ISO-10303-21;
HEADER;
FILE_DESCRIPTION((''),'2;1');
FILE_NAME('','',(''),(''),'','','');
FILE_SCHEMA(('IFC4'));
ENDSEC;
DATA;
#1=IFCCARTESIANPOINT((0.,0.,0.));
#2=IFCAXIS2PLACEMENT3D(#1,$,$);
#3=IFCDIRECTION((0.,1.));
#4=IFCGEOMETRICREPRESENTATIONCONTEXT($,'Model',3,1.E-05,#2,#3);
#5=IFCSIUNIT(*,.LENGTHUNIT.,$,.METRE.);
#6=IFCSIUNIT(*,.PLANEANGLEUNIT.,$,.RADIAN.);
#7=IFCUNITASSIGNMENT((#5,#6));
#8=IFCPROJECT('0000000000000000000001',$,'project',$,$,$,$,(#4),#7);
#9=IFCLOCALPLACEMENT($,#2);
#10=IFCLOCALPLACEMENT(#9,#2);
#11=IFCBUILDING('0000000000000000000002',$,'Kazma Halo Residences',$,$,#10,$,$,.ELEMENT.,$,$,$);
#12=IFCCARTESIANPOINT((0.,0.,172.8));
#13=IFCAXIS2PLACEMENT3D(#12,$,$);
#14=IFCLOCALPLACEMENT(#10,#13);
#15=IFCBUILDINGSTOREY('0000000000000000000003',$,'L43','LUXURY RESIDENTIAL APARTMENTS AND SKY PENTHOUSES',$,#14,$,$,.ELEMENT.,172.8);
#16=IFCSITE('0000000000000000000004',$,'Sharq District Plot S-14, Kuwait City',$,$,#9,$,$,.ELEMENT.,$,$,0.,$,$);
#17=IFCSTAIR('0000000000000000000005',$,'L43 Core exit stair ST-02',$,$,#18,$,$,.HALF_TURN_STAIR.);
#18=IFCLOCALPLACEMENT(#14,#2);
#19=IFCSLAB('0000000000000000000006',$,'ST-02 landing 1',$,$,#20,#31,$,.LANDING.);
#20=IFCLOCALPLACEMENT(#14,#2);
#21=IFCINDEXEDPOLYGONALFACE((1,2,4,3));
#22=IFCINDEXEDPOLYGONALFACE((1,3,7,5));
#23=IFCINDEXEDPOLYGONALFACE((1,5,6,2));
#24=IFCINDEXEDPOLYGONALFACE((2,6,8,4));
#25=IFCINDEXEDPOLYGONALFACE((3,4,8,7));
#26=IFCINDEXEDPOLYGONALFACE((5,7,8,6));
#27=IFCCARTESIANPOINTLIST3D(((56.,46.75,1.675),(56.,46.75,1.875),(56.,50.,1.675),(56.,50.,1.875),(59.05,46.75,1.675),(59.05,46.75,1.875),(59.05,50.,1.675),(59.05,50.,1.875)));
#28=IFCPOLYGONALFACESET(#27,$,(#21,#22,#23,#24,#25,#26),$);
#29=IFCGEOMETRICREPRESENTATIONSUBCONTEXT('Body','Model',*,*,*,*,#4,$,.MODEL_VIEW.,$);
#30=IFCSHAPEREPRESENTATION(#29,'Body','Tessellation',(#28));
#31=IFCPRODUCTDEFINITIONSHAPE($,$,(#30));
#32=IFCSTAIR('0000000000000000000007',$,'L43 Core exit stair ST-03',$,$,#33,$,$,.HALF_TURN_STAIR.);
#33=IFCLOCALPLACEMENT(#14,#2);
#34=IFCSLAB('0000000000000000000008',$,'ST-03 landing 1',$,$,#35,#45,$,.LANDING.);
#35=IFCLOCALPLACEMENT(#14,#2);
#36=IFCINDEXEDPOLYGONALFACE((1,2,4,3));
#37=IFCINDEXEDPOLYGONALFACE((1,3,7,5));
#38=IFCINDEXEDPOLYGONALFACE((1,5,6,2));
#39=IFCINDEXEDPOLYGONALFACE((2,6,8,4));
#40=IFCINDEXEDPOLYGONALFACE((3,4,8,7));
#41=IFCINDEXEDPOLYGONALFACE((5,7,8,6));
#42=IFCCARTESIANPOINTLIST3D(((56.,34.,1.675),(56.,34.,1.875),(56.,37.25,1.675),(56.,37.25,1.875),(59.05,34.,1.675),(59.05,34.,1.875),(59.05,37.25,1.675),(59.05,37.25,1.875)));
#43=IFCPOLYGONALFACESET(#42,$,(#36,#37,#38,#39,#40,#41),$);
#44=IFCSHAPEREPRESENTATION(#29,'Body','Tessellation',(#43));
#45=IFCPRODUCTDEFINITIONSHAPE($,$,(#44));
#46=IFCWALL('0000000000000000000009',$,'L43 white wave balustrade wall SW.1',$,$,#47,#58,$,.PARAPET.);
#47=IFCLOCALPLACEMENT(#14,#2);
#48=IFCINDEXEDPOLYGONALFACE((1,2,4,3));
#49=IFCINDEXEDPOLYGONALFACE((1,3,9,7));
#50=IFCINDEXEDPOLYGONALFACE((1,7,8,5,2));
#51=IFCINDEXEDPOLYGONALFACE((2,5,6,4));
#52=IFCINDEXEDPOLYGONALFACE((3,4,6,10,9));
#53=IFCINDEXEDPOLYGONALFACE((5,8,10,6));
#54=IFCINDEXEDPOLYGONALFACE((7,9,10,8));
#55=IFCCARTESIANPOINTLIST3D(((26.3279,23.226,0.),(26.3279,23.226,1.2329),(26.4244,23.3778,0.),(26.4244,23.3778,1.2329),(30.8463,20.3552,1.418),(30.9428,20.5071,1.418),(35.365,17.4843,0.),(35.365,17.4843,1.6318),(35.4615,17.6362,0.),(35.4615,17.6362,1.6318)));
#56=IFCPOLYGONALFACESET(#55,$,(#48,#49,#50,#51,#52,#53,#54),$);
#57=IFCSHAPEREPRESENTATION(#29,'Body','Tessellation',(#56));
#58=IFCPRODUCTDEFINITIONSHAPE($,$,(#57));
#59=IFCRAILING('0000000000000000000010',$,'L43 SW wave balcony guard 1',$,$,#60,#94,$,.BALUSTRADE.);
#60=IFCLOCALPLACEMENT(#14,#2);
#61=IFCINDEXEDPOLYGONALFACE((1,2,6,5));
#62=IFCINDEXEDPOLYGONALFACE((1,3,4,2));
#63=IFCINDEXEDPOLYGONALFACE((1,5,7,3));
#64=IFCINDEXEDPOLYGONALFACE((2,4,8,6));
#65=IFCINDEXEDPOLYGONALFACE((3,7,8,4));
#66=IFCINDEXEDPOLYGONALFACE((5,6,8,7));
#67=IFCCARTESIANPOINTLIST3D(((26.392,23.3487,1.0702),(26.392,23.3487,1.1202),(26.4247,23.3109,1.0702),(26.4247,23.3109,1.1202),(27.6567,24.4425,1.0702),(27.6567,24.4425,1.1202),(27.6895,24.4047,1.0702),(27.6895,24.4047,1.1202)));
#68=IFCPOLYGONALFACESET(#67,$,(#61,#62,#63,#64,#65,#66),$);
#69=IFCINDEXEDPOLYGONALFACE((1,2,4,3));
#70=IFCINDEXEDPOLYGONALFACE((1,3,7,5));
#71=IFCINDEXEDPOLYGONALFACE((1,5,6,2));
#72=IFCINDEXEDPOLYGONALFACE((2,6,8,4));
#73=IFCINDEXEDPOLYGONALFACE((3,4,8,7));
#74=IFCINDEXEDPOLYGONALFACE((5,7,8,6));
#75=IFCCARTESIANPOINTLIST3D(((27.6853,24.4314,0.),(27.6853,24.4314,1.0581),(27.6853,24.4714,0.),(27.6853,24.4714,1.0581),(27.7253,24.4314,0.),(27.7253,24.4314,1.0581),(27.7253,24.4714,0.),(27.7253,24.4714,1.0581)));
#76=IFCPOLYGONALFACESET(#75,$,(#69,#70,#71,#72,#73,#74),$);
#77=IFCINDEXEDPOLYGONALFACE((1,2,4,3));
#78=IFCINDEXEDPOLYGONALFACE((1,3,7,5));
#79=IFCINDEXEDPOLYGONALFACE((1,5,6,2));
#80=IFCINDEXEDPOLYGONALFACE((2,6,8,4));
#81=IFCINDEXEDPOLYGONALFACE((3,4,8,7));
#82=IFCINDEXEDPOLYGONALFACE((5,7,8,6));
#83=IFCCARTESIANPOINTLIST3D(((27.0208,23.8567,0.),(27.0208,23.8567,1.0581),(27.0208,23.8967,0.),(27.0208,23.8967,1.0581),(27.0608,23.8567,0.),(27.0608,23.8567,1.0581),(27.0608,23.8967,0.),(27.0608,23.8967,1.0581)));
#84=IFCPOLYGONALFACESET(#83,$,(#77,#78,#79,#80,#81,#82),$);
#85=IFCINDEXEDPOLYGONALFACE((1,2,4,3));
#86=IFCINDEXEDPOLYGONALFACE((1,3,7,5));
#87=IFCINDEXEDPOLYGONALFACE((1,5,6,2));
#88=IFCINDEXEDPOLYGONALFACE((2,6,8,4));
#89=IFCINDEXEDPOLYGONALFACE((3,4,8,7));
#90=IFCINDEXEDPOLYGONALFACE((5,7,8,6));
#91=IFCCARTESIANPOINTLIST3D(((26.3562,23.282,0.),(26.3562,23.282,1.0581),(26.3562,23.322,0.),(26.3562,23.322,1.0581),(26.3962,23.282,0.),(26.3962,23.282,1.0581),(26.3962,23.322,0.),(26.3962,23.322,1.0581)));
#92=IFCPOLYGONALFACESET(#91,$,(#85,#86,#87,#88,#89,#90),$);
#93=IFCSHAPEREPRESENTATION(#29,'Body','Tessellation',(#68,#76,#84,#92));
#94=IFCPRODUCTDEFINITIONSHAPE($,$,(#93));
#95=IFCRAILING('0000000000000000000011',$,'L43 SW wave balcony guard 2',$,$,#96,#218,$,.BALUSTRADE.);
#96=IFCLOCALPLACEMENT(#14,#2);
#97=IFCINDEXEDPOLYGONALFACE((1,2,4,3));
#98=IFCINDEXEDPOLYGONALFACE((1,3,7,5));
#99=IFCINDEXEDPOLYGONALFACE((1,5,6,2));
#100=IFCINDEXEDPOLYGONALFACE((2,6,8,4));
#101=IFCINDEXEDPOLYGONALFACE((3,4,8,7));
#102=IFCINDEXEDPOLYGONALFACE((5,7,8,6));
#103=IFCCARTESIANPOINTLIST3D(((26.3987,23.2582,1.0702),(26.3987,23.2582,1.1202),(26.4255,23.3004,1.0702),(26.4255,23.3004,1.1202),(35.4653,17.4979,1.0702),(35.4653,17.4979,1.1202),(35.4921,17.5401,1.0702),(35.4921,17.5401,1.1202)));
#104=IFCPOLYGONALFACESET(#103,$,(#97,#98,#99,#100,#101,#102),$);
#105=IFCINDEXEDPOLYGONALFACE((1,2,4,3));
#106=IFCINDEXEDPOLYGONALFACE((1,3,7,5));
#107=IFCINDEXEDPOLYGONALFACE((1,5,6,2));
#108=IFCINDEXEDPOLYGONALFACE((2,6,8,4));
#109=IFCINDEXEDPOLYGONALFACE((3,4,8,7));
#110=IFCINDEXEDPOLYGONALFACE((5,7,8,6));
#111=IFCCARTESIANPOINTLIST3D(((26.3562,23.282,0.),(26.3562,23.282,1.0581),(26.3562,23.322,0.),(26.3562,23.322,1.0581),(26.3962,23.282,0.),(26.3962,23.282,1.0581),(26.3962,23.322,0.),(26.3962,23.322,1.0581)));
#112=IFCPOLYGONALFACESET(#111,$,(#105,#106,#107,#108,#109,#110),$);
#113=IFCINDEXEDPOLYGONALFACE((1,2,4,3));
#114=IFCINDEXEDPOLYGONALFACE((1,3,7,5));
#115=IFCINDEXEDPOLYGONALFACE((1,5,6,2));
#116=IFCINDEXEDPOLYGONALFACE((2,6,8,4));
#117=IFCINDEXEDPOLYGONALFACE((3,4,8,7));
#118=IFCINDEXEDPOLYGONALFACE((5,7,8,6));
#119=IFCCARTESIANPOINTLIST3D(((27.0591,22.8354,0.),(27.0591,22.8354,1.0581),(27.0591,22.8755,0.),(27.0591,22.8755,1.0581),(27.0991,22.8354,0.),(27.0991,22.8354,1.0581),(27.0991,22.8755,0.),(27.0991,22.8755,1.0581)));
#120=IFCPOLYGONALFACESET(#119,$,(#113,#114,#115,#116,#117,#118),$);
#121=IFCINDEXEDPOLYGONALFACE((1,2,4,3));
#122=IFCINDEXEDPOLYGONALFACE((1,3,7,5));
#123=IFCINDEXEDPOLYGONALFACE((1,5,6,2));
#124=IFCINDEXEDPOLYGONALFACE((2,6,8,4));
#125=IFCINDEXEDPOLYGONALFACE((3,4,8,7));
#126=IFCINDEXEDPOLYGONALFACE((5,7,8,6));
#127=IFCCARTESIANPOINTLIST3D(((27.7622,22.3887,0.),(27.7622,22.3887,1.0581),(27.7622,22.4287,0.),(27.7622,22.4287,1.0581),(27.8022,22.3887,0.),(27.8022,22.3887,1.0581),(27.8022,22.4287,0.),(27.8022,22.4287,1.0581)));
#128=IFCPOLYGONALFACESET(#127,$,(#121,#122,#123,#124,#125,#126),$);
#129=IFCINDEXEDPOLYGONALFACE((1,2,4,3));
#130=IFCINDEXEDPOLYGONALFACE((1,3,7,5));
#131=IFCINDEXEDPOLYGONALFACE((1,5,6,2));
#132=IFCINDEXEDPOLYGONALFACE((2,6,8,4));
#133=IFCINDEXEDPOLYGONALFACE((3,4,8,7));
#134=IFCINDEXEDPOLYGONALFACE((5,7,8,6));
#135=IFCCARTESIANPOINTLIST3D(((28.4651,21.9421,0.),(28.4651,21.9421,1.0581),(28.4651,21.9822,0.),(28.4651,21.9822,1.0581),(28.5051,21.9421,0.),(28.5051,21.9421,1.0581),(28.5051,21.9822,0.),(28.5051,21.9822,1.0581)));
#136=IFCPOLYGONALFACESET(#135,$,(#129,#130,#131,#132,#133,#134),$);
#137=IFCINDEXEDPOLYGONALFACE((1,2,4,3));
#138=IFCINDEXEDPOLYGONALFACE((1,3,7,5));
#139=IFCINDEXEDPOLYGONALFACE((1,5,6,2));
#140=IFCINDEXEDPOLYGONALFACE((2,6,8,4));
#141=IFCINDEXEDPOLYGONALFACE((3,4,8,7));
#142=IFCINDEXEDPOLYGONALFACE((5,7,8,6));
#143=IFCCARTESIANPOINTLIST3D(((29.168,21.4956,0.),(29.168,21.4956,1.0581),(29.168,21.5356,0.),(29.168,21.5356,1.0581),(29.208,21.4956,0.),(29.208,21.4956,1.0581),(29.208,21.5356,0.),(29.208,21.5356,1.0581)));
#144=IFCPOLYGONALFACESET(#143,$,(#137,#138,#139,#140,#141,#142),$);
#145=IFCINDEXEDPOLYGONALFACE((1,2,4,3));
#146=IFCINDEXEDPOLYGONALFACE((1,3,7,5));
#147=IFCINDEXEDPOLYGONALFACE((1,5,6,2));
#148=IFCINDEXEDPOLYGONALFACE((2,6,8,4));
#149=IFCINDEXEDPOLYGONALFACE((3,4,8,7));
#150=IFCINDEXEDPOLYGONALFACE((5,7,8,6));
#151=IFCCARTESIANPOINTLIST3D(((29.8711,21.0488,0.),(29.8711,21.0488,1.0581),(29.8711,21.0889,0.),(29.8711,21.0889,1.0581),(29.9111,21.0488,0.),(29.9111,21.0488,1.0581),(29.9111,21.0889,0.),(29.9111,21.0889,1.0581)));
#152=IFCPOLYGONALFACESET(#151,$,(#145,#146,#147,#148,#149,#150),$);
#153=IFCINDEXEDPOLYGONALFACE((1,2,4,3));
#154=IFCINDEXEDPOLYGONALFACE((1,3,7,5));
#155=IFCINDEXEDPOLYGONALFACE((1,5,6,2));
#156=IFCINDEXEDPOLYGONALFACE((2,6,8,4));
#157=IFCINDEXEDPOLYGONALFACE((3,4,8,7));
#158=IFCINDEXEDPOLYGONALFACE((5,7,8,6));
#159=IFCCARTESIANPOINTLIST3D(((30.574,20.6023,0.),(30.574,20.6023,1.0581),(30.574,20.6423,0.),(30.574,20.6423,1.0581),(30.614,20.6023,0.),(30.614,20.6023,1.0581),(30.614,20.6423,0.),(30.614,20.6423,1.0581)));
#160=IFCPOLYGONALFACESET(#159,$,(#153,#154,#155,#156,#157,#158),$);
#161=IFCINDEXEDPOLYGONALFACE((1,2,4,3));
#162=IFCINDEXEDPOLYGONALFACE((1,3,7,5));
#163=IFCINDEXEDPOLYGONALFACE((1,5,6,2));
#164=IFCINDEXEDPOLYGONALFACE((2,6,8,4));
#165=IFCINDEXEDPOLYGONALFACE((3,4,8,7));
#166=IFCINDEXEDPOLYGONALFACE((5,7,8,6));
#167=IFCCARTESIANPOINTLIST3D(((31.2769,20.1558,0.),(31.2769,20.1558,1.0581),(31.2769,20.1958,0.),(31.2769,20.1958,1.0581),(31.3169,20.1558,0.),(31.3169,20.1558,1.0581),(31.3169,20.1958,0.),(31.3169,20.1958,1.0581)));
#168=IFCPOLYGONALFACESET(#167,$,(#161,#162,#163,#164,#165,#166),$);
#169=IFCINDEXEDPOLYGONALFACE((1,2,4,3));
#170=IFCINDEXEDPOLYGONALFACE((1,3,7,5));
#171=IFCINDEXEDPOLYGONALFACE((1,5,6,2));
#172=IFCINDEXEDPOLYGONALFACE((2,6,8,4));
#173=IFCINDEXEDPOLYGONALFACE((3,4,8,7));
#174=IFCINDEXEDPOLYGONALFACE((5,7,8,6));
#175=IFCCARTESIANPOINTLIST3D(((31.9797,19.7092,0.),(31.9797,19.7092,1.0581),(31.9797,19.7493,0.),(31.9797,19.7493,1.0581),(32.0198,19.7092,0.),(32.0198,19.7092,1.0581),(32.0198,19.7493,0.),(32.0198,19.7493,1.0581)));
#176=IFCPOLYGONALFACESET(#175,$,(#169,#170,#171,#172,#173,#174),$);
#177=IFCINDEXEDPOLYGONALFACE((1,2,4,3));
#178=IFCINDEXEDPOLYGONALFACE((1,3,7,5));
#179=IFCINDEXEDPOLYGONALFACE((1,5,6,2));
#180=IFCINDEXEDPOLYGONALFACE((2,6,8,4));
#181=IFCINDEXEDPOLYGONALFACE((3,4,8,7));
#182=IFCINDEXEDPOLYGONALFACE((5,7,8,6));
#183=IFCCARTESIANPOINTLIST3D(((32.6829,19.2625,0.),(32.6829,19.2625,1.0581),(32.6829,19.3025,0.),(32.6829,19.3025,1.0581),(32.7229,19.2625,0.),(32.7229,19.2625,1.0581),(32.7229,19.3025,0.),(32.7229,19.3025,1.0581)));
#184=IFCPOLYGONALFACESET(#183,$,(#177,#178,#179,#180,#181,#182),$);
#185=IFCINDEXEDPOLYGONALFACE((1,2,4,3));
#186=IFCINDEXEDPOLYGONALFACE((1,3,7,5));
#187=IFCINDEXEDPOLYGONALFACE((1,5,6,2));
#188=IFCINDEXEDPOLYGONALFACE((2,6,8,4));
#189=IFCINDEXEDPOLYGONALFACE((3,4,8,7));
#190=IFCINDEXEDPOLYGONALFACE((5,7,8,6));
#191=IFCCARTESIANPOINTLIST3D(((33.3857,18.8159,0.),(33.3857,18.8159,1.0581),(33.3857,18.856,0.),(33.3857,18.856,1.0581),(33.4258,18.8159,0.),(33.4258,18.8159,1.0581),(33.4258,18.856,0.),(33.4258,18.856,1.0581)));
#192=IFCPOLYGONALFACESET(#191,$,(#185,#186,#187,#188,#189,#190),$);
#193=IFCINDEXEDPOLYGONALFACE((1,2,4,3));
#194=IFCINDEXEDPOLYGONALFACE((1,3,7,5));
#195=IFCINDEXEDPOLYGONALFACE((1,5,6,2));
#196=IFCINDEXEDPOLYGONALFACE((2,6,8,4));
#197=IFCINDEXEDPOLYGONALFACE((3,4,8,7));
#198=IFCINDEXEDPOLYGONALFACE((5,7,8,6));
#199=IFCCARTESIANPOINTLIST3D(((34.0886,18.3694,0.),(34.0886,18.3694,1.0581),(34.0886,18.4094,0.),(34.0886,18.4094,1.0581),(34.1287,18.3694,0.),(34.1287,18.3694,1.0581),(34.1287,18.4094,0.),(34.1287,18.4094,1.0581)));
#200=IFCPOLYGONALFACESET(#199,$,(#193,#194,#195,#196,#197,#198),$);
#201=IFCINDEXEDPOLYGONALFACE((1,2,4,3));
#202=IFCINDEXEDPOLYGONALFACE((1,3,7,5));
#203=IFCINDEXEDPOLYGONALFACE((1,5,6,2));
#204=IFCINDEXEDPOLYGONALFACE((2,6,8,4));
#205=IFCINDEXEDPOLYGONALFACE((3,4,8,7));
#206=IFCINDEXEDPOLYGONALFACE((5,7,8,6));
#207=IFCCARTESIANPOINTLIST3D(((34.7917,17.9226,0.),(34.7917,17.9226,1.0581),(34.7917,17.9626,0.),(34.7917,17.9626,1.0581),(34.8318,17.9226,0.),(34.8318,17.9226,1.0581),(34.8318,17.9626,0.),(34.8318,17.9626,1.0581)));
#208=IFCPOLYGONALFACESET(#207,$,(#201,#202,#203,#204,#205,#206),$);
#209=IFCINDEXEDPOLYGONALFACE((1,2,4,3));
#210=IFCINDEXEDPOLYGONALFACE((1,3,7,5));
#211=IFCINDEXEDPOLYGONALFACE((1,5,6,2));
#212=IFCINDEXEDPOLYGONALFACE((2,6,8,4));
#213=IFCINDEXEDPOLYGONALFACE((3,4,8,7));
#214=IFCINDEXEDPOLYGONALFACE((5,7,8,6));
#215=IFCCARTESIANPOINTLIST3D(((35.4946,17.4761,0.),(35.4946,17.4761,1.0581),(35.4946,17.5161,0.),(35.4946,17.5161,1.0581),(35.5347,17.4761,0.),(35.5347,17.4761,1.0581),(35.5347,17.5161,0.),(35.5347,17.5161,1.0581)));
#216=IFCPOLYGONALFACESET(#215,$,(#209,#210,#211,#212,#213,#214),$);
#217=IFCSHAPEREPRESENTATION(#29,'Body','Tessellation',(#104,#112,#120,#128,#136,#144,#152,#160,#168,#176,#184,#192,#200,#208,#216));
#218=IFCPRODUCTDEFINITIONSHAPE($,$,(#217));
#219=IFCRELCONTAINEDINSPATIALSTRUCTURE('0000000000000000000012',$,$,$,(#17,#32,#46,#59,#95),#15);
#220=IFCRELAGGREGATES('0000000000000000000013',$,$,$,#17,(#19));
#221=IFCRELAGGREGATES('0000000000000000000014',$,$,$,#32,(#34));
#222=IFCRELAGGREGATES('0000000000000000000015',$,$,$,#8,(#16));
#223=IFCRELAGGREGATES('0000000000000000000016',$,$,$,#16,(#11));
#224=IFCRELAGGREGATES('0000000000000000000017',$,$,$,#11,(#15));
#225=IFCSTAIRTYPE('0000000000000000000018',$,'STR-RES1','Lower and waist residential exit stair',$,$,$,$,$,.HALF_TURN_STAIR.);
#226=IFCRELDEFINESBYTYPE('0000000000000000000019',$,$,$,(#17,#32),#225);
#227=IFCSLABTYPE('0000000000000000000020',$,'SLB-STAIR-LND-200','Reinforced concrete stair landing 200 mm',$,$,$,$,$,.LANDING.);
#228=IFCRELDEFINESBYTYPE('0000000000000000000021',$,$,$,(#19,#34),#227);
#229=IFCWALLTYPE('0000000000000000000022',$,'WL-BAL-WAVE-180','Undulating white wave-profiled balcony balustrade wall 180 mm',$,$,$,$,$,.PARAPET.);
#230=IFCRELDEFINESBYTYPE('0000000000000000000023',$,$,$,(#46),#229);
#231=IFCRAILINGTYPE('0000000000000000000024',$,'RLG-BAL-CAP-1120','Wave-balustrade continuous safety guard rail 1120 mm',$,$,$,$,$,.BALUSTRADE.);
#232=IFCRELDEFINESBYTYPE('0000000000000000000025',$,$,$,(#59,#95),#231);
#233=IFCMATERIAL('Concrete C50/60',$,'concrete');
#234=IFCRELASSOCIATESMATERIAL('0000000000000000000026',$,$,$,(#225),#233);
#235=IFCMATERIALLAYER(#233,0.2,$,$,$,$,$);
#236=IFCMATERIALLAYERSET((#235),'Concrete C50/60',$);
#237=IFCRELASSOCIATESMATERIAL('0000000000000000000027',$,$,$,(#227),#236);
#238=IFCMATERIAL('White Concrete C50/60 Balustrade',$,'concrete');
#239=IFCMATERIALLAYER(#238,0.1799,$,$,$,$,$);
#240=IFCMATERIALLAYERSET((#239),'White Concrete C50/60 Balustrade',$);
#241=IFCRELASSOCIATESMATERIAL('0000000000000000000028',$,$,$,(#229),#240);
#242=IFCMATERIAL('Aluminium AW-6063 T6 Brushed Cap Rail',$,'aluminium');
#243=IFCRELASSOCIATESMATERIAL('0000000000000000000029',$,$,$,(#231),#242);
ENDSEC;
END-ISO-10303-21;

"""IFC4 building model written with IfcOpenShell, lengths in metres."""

from ifc_helpers import new_model, si_unit, direction, frame, origin, origin_2d, place, context, subcontext, project, spatial, polyline, rectangle, outline, extrude, material, layer, layer_set, type_object, element, aggregate, save


model = new_model("IFC4")

# Units and contexts
model_context = context("Model", 3, precision=1e-05, world=origin(), true_north=direction((0.0, 1.0)))
body_context = subcontext(model_context, "Body", "Model", "MODEL_VIEW")
ifc_project = project(units=[si_unit("LENGTHUNIT", "METRE"), si_unit("PLANEANGLEUNIT", "RADIAN")], contexts=[model_context])

# Site, building, storey
site_placement = place(None, origin())
site = spatial("IfcSite", under=ifc_project, at=site_placement, Name="Sharq District Plot S-14, Kuwait City", CompositionType="ELEMENT", RefElevation=0.0)
building_placement = place(site_placement, origin())
building = spatial("IfcBuilding", under=site, at=building_placement, Name="Kazma Halo Residences", CompositionType="ELEMENT")
storey_placement = place(building_placement, frame((0.0, 0.0, 172.8)))
storey = spatial("IfcBuildingStorey", under=building, at=storey_placement, Name="L43", Description="LUXURY RESIDENTIAL APARTMENTS AND SKY PENTHOUSES", CompositionType="ELEMENT", Elevation=172.8)

# Shared definitions
ifc_material_1 = material(Name="Concrete C50/60", Category="concrete")

# Stairs, slabs
stair_type = type_object("IfcStairType", Name="STR-RES1", Description="Lower and waist residential exit stair", PredefinedType="HALF_TURN_STAIR", material=ifc_material_1)
ifc_layer_1 = layer(ifc_material_1, 0.2)
ifc_layer_set_1 = layer_set([ifc_layer_1], Name="Concrete C50/60")
slab_type_1 = type_object("IfcSlabType", Name="SLB-STAIR-LND-200", Description="Reinforced concrete stair landing 200 mm", PredefinedType="LANDING", material=ifc_layer_set_1)
stair_1_placement = place(storey_placement, origin())
stair_1 = element("IfcStair", 1, at=stair_1_placement, inside=storey, type_object=stair_type, Name="L43 Core exit stair ST-02", PredefinedType="HALF_TURN_STAIR")
slab_1_placement = place(storey_placement, frame((0.0, 0.0, 1.675)))
slab_1 = element("IfcSlab", 2, at=slab_1_placement, type_object=slab_type_1, Name="ST-02 landing 1", PredefinedType="LANDING", context=body_context, shape_type="SweptSolid", body=[
    extrude(outline(polyline([(56.0, 46.75), (59.05, 46.75), (59.05, 50.0), (56.0, 50.0), (56.0, 46.75)])), origin(), (0.0, 0.0, 1.0), 0.2),
])
aggregate(stair_1, [slab_1])
stair_2_placement = place(storey_placement, origin())
stair_2 = element("IfcStair", 3, at=stair_2_placement, inside=storey, type_object=stair_type, Name="L43 Core exit stair ST-03", PredefinedType="HALF_TURN_STAIR")
slab_2_placement = place(storey_placement, frame((0.0, 0.0, 1.675)))
slab_2 = element("IfcSlab", 4, at=slab_2_placement, type_object=slab_type_1, Name="ST-03 landing 1", PredefinedType="LANDING", context=body_context, shape_type="SweptSolid", body=[
    extrude(outline(polyline([(56.0, 34.0), (59.05, 34.0), (59.05, 37.25), (56.0, 37.25), (56.0, 34.0)])), origin(), (0.0, 0.0, 1.0), 0.2),
])
aggregate(stair_2, [slab_2])

# Wall
ifc_material_2 = material(Name="White Concrete C50/60 Balustrade", Category="concrete")
ifc_layer_2 = layer(ifc_material_2, 0.1799)
ifc_layer_set_2 = layer_set([ifc_layer_2], Name="White Concrete C50/60 Balustrade")
wall_type_1 = type_object("IfcWallType", Name="WL-BAL-WAVE-180", Description="Undulating white wave-profiled balcony balustrade wall 180 mm", PredefinedType="PARAPET", material=ifc_layer_set_2)
wall_1_placement = place(storey_placement, frame((26.3762, 23.302, 0.0), z_axis=(0.0, 0.0, 1.0), x_axis=(0.84405, -0.536265, 0.0)))
element("IfcWall", 5, at=wall_1_placement, inside=storey, type_object=wall_type_1, Name="L43 white wave balustrade wall SW.1", PredefinedType="PARAPET", context=body_context, shape_type="SweptSolid", body=[
    extrude(outline(polyline([(0.0, 0.0), (10.7068, 0.0), (10.7068, 1.6318), (5.3533, 1.418), (0.0, 1.2329), (0.0, 0.0)])), frame((0.0, 0.0898, 0.0), z_axis=(0.0, -1.0, 0.0), x_axis=(1.0, 0.0, 0.0)), (0.0, 0.0, 1.0), 0.1799),
])

# Railings
ifc_material_3 = material(Name="Aluminium AW-6063 T6 Brushed Cap Rail", Category="aluminium")
railing_type = type_object("IfcRailingType", Name="RLG-BAL-CAP-1120", Description="Wave-balustrade continuous safety guard rail 1120 mm", PredefinedType="BALUSTRADE", material=ifc_material_3)
railing_1_placement = place(storey_placement, frame((27.7053, 24.4514, 0.0)))
element("IfcRailing", 6, at=railing_1_placement, inside=storey, type_object=railing_type, Name="L43 SW wave balcony guard 1", PredefinedType="BALUSTRADE", context=body_context, shape_type="SweptSolid", body=[
    extrude(rectangle(XDim=0.05, YDim=0.05, at=origin_2d()), frame((-0.0322, -0.0278, 1.0952), z_axis=(-0.756385, -0.654126, 0.0), x_axis=(0.654126, -0.756385, 0.0)), (0.0, 0.0, 1.0), 1.6721),
    extrude(rectangle(XDim=0.04, YDim=0.04, at=origin_2d()), origin(), (0.0, 0.0, 1.0), 1.0581),
    extrude(rectangle(XDim=0.04, YDim=0.04, at=origin_2d()), frame((-0.6646, -0.5747, 0.0)), (0.0, 0.0, 1.0), 1.0581),
    extrude(rectangle(XDim=0.04, YDim=0.04, at=origin_2d()), frame((-1.3291, -1.1494, 0.0)), (0.0, 0.0, 1.0), 1.0581),
])
railing_2_placement = place(storey_placement, frame((26.3762, 23.302, 0.0)))
element("IfcRailing", 7, at=railing_2_placement, inside=storey, type_object=railing_type, Name="L43 SW wave balcony guard 2", PredefinedType="BALUSTRADE", context=body_context, shape_type="SweptSolid", body=[
    extrude(rectangle(XDim=0.05, YDim=0.05, at=origin_2d()), frame((0.0359, -0.0227, 1.0952), z_axis=(0.844057, -0.536254, 0.0), x_axis=(0.536254, 0.844057, 0.0)), (0.0, 0.0, 1.0), 10.7417),
    extrude(rectangle(XDim=0.04, YDim=0.04, at=origin_2d()), origin(), (0.0, 0.0, 1.0), 1.0581),
    extrude(rectangle(XDim=0.04, YDim=0.04, at=origin_2d()), frame((0.7029, -0.4465, 0.0)), (0.0, 0.0, 1.0), 1.0581),
    extrude(rectangle(XDim=0.04, YDim=0.04, at=origin_2d()), frame((1.406, -0.8933, 0.0)), (0.0, 0.0, 1.0), 1.0581),
    extrude(rectangle(XDim=0.04, YDim=0.04, at=origin_2d()), frame((2.1089, -1.3398, 0.0)), (0.0, 0.0, 1.0), 1.0581),
    extrude(rectangle(XDim=0.04, YDim=0.04, at=origin_2d()), frame((2.8118, -1.7864, 0.0)), (0.0, 0.0, 1.0), 1.0581),
    extrude(rectangle(XDim=0.04, YDim=0.04, at=origin_2d()), frame((3.5149, -2.2332, 0.0)), (0.0, 0.0, 1.0), 1.0581),
    extrude(rectangle(XDim=0.04, YDim=0.04, at=origin_2d()), frame((4.2178, -2.6797, 0.0)), (0.0, 0.0, 1.0), 1.0581),
    extrude(rectangle(XDim=0.04, YDim=0.04, at=origin_2d()), frame((4.9207, -3.1262, 0.0)), (0.0, 0.0, 1.0), 1.0581),
    extrude(rectangle(XDim=0.04, YDim=0.04, at=origin_2d()), frame((5.6235, -3.5728, 0.0)), (0.0, 0.0, 1.0), 1.0581),
    extrude(rectangle(XDim=0.04, YDim=0.04, at=origin_2d()), frame((6.3267, -4.0195, 0.0)), (0.0, 0.0, 1.0), 1.0581),
    extrude(rectangle(XDim=0.04, YDim=0.04, at=origin_2d()), frame((7.0295, -4.4661, 0.0)), (0.0, 0.0, 1.0), 1.0581),
    extrude(rectangle(XDim=0.04, YDim=0.04, at=origin_2d()), frame((7.7324, -4.9126, 0.0)), (0.0, 0.0, 1.0), 1.0581),
    extrude(rectangle(XDim=0.04, YDim=0.04, at=origin_2d()), frame((8.4355, -5.3594, 0.0)), (0.0, 0.0, 1.0), 1.0581),
    extrude(rectangle(XDim=0.04, YDim=0.04, at=origin_2d()), frame((9.1384, -5.8059, 0.0)), (0.0, 0.0, 1.0), 1.0581),
])

save(model, "model.ifc")
